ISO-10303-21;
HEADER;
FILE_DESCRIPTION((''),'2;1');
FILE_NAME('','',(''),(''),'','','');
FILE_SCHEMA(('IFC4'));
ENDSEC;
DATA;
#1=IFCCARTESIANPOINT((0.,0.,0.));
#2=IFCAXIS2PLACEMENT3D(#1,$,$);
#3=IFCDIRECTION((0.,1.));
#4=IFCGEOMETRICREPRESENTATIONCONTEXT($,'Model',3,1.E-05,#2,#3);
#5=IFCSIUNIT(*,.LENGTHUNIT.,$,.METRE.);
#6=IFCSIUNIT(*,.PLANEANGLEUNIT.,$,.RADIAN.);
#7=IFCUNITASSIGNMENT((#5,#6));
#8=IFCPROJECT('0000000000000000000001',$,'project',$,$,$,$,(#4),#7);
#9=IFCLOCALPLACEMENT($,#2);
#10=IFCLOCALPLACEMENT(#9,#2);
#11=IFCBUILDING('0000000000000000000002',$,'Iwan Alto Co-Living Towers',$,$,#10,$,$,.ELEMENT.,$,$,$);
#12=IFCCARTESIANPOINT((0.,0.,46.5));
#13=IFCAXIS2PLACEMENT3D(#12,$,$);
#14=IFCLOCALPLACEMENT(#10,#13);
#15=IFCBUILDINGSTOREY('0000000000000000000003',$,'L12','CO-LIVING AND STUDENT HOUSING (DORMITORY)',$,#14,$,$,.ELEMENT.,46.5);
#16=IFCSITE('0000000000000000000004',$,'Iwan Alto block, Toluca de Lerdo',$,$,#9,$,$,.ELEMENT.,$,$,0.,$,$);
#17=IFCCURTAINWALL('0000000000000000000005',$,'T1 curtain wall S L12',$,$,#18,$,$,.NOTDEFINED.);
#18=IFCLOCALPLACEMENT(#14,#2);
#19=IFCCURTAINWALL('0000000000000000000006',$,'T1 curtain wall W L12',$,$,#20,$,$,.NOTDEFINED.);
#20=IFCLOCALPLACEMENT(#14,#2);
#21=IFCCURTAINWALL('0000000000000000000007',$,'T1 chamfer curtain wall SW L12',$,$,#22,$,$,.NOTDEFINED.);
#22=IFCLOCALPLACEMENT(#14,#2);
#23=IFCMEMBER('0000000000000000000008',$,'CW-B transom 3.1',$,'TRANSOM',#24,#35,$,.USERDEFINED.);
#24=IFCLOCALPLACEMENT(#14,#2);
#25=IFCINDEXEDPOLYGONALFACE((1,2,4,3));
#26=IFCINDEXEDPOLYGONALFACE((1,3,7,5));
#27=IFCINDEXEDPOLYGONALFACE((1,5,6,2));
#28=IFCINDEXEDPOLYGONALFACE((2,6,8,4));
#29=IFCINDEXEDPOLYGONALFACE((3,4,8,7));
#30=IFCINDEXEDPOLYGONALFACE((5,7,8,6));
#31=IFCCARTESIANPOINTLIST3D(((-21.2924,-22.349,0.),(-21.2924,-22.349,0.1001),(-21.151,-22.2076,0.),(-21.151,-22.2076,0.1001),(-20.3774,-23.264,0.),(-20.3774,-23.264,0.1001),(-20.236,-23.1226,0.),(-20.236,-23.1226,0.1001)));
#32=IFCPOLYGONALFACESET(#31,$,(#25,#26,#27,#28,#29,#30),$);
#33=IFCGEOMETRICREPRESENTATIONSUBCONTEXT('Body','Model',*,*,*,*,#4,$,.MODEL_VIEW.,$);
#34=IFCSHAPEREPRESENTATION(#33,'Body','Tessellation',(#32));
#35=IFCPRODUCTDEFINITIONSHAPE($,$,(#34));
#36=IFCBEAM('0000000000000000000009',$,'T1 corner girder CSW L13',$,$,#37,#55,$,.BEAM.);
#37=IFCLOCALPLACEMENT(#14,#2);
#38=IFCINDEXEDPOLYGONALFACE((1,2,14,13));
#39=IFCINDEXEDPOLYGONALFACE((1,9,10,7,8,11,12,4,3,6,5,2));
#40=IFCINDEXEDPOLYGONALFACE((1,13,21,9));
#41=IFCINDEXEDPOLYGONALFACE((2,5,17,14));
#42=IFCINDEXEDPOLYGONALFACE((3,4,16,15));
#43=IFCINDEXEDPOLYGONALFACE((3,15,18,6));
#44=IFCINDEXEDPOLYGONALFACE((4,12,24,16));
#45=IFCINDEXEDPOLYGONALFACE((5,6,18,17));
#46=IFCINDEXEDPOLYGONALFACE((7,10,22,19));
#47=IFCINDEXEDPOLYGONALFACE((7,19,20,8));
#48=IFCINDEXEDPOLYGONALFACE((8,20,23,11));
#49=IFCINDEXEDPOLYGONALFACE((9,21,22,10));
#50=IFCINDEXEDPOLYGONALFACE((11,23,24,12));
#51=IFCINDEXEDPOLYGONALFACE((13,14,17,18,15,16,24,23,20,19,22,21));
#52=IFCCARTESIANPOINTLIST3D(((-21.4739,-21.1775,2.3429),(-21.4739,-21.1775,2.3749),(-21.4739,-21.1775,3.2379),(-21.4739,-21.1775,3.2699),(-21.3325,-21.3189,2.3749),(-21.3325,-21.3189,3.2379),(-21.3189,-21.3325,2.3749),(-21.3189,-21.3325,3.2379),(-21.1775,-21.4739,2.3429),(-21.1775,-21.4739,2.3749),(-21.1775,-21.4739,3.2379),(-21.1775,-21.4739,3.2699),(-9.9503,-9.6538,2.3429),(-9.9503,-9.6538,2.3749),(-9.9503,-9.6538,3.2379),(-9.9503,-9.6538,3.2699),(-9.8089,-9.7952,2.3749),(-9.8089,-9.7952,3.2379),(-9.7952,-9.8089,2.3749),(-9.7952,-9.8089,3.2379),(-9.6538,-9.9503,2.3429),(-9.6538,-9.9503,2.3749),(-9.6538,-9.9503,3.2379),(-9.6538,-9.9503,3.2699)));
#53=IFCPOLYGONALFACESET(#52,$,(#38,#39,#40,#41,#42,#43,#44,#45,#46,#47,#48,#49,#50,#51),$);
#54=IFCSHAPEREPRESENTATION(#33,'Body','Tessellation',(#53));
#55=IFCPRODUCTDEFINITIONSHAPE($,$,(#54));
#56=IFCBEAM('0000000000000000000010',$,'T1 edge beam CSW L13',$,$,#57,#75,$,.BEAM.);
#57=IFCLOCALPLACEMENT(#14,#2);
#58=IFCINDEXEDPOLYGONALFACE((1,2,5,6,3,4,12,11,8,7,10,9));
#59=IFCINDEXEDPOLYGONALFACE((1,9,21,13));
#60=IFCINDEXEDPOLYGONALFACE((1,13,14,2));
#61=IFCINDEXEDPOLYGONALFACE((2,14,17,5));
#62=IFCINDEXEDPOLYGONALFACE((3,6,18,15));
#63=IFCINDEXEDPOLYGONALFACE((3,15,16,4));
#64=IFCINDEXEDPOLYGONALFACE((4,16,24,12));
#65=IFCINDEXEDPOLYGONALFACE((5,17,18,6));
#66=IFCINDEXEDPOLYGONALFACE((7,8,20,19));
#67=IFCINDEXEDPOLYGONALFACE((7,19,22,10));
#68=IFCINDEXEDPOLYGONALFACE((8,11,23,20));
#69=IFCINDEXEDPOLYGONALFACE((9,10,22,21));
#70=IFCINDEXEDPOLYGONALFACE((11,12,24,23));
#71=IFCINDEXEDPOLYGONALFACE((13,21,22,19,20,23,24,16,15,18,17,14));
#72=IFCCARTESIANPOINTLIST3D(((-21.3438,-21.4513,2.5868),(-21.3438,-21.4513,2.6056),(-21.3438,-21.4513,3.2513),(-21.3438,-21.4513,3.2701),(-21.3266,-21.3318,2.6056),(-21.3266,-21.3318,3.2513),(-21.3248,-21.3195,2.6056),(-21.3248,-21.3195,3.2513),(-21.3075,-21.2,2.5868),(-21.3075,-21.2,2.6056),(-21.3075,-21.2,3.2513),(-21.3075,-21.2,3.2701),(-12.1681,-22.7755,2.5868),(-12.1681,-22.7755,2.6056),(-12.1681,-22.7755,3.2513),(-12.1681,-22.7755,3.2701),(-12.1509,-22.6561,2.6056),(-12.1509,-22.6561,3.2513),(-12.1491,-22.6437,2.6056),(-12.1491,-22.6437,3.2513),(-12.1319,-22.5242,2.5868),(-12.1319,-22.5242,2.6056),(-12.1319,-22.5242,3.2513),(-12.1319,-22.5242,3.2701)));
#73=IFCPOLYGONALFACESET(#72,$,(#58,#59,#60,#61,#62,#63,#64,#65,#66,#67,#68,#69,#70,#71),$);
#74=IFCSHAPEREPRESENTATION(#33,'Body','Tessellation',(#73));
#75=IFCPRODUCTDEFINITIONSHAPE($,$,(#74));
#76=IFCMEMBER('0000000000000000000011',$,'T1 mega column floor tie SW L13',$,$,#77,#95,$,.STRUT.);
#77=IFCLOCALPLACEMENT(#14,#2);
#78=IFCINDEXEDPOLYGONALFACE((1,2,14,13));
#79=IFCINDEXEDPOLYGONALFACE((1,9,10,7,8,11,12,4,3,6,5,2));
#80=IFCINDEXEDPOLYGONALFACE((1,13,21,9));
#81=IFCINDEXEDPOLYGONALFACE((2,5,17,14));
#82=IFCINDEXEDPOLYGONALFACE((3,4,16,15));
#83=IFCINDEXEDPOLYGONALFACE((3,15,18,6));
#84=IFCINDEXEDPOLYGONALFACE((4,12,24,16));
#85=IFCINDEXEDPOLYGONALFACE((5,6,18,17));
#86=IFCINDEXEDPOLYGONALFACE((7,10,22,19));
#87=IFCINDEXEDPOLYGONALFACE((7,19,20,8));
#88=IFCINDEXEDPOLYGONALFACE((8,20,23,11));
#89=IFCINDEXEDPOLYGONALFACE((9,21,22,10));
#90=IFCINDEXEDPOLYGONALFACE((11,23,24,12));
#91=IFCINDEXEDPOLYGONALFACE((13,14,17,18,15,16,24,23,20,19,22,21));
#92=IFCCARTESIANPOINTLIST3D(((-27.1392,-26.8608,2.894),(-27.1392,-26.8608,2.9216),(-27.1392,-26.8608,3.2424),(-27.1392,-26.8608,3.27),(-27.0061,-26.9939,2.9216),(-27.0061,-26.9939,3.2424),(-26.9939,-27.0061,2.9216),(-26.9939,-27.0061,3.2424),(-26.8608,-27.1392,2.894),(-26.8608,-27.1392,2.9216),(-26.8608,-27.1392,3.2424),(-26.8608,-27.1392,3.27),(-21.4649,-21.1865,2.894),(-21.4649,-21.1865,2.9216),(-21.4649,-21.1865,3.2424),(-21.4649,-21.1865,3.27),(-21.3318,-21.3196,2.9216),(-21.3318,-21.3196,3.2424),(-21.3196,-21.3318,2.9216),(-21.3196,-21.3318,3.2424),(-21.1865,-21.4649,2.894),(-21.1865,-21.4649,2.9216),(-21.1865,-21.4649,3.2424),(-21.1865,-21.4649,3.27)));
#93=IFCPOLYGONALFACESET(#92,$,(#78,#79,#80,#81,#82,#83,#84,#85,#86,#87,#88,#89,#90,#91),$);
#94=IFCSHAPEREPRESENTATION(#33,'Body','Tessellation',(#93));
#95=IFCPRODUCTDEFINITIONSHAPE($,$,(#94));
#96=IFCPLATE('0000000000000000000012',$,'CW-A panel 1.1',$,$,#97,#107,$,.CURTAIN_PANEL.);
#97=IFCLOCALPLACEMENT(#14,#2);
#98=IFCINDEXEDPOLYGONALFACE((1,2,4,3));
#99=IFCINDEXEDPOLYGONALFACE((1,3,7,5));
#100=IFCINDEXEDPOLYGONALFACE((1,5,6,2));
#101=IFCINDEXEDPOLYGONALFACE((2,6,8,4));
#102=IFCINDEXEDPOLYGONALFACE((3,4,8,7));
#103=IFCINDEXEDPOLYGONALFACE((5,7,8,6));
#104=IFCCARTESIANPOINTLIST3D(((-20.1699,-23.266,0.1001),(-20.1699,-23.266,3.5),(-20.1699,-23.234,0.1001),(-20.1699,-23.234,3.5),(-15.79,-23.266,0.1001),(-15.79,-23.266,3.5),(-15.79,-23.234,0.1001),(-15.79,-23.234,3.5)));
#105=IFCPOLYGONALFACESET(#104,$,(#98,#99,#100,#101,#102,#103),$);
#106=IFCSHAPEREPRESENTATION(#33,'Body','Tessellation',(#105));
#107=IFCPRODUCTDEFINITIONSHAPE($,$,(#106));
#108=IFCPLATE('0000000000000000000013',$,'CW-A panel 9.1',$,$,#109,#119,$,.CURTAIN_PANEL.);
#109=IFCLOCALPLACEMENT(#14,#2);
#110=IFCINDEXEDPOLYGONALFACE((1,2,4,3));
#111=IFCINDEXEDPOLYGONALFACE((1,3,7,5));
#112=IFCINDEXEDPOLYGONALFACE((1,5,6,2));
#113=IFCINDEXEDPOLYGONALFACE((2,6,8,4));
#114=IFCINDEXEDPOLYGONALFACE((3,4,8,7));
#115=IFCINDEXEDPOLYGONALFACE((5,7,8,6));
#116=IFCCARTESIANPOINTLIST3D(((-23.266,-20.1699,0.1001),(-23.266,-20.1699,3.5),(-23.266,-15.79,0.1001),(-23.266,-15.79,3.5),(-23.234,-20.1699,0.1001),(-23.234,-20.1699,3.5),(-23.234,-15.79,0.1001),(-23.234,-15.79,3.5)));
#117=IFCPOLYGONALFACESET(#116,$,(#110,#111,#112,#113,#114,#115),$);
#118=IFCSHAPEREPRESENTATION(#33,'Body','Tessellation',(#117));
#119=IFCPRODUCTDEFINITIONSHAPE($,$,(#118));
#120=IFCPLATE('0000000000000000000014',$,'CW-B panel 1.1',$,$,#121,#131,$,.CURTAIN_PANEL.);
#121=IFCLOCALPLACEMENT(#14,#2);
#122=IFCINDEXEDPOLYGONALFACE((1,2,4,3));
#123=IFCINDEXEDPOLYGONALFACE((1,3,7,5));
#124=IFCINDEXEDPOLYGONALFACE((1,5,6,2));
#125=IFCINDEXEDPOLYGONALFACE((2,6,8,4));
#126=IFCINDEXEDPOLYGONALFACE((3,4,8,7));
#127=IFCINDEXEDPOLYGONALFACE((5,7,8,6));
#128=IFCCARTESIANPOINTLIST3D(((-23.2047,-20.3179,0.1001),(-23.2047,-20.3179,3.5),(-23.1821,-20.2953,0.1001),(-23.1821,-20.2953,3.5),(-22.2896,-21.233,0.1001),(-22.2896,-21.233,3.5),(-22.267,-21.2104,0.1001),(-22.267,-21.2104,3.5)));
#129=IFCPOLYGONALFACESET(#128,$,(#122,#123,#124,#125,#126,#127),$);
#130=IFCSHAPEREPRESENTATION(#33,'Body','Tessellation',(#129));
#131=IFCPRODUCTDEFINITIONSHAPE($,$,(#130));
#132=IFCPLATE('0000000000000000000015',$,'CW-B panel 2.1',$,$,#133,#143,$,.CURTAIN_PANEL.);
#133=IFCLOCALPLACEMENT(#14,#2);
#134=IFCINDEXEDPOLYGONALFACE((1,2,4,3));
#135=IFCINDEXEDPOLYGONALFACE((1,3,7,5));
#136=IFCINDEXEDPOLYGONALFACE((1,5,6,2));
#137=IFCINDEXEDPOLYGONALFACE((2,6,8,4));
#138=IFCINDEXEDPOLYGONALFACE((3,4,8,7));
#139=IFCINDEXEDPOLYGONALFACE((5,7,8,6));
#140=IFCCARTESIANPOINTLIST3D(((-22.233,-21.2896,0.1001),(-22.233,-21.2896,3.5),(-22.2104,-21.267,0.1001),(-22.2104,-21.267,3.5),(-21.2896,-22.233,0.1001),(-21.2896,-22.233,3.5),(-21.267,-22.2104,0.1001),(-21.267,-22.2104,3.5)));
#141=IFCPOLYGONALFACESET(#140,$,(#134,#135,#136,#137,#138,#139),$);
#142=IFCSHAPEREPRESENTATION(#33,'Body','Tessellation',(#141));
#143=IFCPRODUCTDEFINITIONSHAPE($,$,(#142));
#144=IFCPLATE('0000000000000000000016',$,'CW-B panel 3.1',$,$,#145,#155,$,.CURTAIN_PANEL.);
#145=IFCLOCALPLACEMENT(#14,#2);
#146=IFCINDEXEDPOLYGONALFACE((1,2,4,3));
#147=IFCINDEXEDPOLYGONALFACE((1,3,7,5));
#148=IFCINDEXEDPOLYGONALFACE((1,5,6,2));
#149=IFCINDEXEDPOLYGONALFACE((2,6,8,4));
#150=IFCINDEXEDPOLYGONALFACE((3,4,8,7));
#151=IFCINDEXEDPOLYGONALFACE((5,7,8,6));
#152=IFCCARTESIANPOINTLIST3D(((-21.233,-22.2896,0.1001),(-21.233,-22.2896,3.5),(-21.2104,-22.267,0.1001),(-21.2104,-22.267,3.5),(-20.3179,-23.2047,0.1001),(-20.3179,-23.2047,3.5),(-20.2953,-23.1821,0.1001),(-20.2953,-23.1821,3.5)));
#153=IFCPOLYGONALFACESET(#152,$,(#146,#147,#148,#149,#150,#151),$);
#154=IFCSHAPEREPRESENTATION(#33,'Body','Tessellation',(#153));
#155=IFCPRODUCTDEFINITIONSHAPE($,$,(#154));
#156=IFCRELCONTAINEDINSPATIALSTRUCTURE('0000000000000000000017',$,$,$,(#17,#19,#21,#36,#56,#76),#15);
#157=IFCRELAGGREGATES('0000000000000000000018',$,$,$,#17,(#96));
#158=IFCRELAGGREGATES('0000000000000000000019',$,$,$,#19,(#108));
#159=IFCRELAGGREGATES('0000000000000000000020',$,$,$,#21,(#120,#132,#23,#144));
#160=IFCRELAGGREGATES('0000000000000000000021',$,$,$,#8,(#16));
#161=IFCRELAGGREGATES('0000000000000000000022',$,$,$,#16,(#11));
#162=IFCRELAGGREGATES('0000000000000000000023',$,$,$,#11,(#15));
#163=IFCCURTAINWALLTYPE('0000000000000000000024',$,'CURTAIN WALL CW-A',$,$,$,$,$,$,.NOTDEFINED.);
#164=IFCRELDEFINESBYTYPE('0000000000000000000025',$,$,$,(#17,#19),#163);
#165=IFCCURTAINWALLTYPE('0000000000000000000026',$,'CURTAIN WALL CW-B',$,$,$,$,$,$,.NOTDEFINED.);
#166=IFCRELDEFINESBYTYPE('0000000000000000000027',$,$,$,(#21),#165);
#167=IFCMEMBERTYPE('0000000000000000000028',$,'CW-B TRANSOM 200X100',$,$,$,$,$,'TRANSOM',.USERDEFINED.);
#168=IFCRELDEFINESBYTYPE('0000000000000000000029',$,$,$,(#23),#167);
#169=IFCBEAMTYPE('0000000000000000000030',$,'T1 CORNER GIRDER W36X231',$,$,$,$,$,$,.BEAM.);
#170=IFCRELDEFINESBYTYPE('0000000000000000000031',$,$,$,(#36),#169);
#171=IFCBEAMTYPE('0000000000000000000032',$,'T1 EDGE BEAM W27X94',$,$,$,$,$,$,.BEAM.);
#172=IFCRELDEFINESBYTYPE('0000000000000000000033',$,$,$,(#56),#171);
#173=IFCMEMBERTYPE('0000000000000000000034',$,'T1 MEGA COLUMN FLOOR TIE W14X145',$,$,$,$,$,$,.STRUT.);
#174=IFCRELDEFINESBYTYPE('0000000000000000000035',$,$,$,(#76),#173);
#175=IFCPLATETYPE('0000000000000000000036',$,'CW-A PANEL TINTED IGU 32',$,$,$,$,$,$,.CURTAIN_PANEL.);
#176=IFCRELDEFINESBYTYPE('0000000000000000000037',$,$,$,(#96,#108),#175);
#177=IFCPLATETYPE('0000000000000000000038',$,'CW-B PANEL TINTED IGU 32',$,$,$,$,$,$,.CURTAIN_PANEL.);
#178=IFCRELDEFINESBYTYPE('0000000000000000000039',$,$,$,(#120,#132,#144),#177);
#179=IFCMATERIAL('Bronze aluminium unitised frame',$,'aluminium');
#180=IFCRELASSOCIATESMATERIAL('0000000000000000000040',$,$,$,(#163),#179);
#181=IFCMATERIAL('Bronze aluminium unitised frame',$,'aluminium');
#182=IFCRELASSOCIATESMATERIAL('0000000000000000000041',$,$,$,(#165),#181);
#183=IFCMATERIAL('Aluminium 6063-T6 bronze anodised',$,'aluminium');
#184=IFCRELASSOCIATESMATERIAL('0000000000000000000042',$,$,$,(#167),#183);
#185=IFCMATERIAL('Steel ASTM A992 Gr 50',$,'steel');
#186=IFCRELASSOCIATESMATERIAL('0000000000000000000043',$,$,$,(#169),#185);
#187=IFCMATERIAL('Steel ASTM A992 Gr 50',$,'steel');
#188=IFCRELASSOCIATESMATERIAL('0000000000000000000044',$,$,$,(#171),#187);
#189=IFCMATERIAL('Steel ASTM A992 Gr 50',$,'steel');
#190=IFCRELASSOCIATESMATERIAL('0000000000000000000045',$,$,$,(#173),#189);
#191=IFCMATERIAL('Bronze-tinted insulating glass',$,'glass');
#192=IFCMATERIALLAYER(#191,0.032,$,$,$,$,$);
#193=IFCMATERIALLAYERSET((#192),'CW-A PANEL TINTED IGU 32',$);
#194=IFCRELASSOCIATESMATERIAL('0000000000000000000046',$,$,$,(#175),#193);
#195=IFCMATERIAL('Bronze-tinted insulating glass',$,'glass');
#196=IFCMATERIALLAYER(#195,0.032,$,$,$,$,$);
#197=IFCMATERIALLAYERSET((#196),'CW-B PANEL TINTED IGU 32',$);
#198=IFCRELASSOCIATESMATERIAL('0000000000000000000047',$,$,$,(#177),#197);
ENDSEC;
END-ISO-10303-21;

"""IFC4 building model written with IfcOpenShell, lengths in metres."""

from ifc_helpers import new_model, si_unit, direction, frame, origin, origin_2d, place, context, subcontext, project, spatial, rectangle, i_section, extrude, material, layer, layer_set, material_profile, profile_set, type_object, element, aggregate, save


model = new_model("IFC4")

# Units and contexts
model_context = context("Model", 3, precision=1e-05, world=origin(), true_north=direction((0.0, 1.0)))
body_context = subcontext(model_context, "Body", "Model", "MODEL_VIEW")
ifc_project = project(units=[si_unit("LENGTHUNIT", "METRE"), si_unit("PLANEANGLEUNIT", "RADIAN")], contexts=[model_context])

# Site, building, storey
site_placement = place(None, origin())
site = spatial("IfcSite", under=ifc_project, at=site_placement, Name="Iwan Alto block, Toluca de Lerdo", CompositionType="ELEMENT", RefElevation=0.0)
building_placement = place(site_placement, origin())
building = spatial("IfcBuilding", under=site, at=building_placement, Name="Iwan Alto Co-Living Towers", CompositionType="ELEMENT")
storey_placement = place(building_placement, frame((0.0, 0.0, 46.5)))
storey = spatial("IfcBuildingStorey", under=building, at=storey_placement, Name="L12", Description="CO-LIVING AND STUDENT HOUSING (DORMITORY)", CompositionType="ELEMENT", Elevation=46.5)

# Curtain wall
ifc_material_1 = material(Name="Bronze aluminium unitised frame", Category="aluminium")
curtain_wall_type_1 = type_object("IfcCurtainWallType", Name="CURTAIN WALL CW-A", PredefinedType="NOTDEFINED", material=ifc_material_1)
curtain_wall_1_placement = place(storey_placement, origin())
curtain_wall_1 = element("IfcCurtainWall", 1, at=curtain_wall_1_placement, inside=storey, type_object=curtain_wall_type_1, Name="T1 curtain wall S L12", PredefinedType="NOTDEFINED")

# Curtain wall
curtain_wall_2_placement = place(storey_placement, origin())
curtain_wall_2 = element("IfcCurtainWall", 2, at=curtain_wall_2_placement, inside=storey, type_object=curtain_wall_type_1, Name="T1 curtain wall W L12", PredefinedType="NOTDEFINED")

# Curtain wall, member
ifc_material_2 = material(Name="Bronze aluminium unitised frame", Category="aluminium")
curtain_wall_type_2 = type_object("IfcCurtainWallType", Name="CURTAIN WALL CW-B", PredefinedType="NOTDEFINED", material=ifc_material_2)
curtain_wall_3_placement = place(storey_placement, origin())
curtain_wall_3 = element("IfcCurtainWall", 3, at=curtain_wall_3_placement, inside=storey, type_object=curtain_wall_type_2, Name="T1 chamfer curtain wall SW L12", PredefinedType="NOTDEFINED")
ifc_material_3 = material(Name="Aluminium 6063-T6 bronze anodised", Category="aluminium")
ifc_material_profile_1 = material_profile(ifc_material_3, rectangle(XDim=0.2, YDim=0.1001, at=origin_2d()), Name="AL 200X100")
ifc_profile_set_1 = profile_set([ifc_material_profile_1], Name="Aluminium 6063-T6 bronze anodised")
member_type_1 = type_object("IfcMemberType", Name="CW-B TRANSOM 200X100", ElementType="TRANSOM", PredefinedType="USERDEFINED", material=ifc_profile_set_1)
member_1_placement = place(storey_placement, frame((-21.2217, -22.2783, 0.05), z_axis=(0.707107, -0.707107, 0.0), x_axis=(0.707107, 0.707107, 0.0)))
member_1 = element("IfcMember", 4, at=member_1_placement, type_object=member_type_1, Name="CW-B transom 3.1", ObjectType="TRANSOM", PredefinedType="USERDEFINED", context=body_context, shape_type="SweptSolid", body=[
    extrude(rectangle(XDim=0.2, YDim=0.1001, at=origin_2d()), origin(), (0.0, 0.0, 1.0), 1.2939),
])

# Beams
ifc_material_4 = material(Name="Steel ASTM A992 Gr 50", Category="steel")
ifc_material_profile_2 = material_profile(ifc_material_4, i_section(OverallWidth=0.4192, OverallDepth=0.927, WebThickness=0.0193, FlangeThickness=0.032, at=origin_2d()), Name="W36X231")
ifc_profile_set_2 = profile_set([ifc_material_profile_2], Name="Steel ASTM A992 Gr 50")
beam_type_1 = type_object("IfcBeamType", Name="T1 CORNER GIRDER W36X231", PredefinedType="BEAM", material=ifc_profile_set_2)
beam_1_placement = place(storey_placement, frame((-21.3257, -21.3257, 2.8064), z_axis=(0.707107, 0.707107, 0.0), x_axis=(-0.707107, 0.707107, 0.0)))
element("IfcBeam", 5, at=beam_1_placement, inside=storey, type_object=beam_type_1, Name="T1 corner girder CSW L13", PredefinedType="BEAM", context=body_context, shape_type="SweptSolid", body=[
    extrude(i_section(OverallWidth=0.4192, OverallDepth=0.927, WebThickness=0.0193, FlangeThickness=0.032, at=origin_2d()), origin(), (0.0, 0.0, 1.0), 16.2969),
])
ifc_material_5 = material(Name="Steel ASTM A992 Gr 50", Category="steel")
ifc_material_profile_3 = material_profile(ifc_material_5, i_section(OverallWidth=0.2539, OverallDepth=0.6833, WebThickness=0.0125, FlangeThickness=0.0188, at=origin_2d()), Name="W27X94")
ifc_profile_set_3 = profile_set([ifc_material_profile_3], Name="Steel ASTM A992 Gr 50")
beam_type_2 = type_object("IfcBeamType", Name="T1 EDGE BEAM W27X94", PredefinedType="BEAM", material=ifc_profile_set_3)
beam_2_placement = place(storey_placement, frame((-21.3257, -21.3257, 2.9285), z_axis=(0.989746, -0.142837, 0.0), x_axis=(0.142837, 0.989746, 0.0)))
element("IfcBeam", 6, at=beam_2_placement, inside=storey, type_object=beam_type_2, Name="T1 edge beam CSW L13", PredefinedType="BEAM", context=body_context, shape_type="SweptSolid", body=[
    extrude(i_section(OverallWidth=0.2539, OverallDepth=0.6833, WebThickness=0.0125, FlangeThickness=0.0188, at=origin_2d()), origin(), (0.0, 0.0, 1.0), 9.2708),
])

# Member
ifc_material_6 = material(Name="Steel ASTM A992 Gr 50", Category="steel")
ifc_material_profile_4 = material_profile(ifc_material_6, i_section(OverallWidth=0.3938, OverallDepth=0.376, WebThickness=0.0173, FlangeThickness=0.0276, at=origin_2d()), Name="W14X145")
ifc_profile_set_4 = profile_set([ifc_material_profile_4], Name="Steel ASTM A992 Gr 50")
member_type_2 = type_object("IfcMemberType", Name="T1 MEGA COLUMN FLOOR TIE W14X145", PredefinedType="STRUT", material=ifc_profile_set_4)
member_2_placement = place(storey_placement, frame((-27.0, -27.0, 3.082), z_axis=(0.707107, 0.707107, 0.0), x_axis=(-0.707107, 0.707107, 0.0)))
element("IfcMember", 7, at=member_2_placement, inside=storey, type_object=member_type_2, Name="T1 mega column floor tie SW L13", PredefinedType="STRUT", context=body_context, shape_type="SweptSolid", body=[
    extrude(i_section(OverallWidth=0.3938, OverallDepth=0.376, WebThickness=0.0173, FlangeThickness=0.0276, at=origin_2d()), origin(), (0.0, 0.0, 1.0), 8.0247),
])

# Plates
ifc_material_7 = material(Name="Bronze-tinted insulating glass", Category="glass")
ifc_layer_1 = layer(ifc_material_7, 0.032)
ifc_layer_set_1 = layer_set([ifc_layer_1], Name="CW-A PANEL TINTED IGU 32")
plate_type_1 = type_object("IfcPlateType", Name="CW-A PANEL TINTED IGU 32", PredefinedType="CURTAIN_PANEL", material=ifc_layer_set_1)
plate_1_placement = place(storey_placement, frame((-17.98, -23.25, 0.1001), z_axis=(0.0, 0.0, 1.0), x_axis=(1.0, 0.0, 0.0)))
plate_1 = element("IfcPlate", 8, at=plate_1_placement, type_object=plate_type_1, Name="CW-A panel 1.1", PredefinedType="CURTAIN_PANEL", context=body_context, shape_type="SweptSolid", body=[
    extrude(rectangle(XDim=4.3799, YDim=0.032, at=origin_2d()), origin(), (0.0, 0.0, 1.0), 3.3999),
])
aggregate(curtain_wall_1, [plate_1])
plate_2_placement = place(storey_placement, frame((-23.25, -17.98, 0.1001), z_axis=(0.0, 0.0, 1.0), x_axis=(0.0, -1.0, 0.0)))
plate_2 = element("IfcPlate", 9, at=plate_2_placement, type_object=plate_type_1, Name="CW-A panel 9.1", PredefinedType="CURTAIN_PANEL", context=body_context, shape_type="SweptSolid", body=[
    extrude(rectangle(XDim=4.3799, YDim=0.032, at=origin_2d()), origin(), (0.0, 0.0, 1.0), 3.3999),
])
aggregate(curtain_wall_2, [plate_2])
ifc_material_8 = material(Name="Bronze-tinted insulating glass", Category="glass")
ifc_layer_2 = layer(ifc_material_8, 0.032)
ifc_layer_set_2 = layer_set([ifc_layer_2], Name="CW-B PANEL TINTED IGU 32")
plate_type_2 = type_object("IfcPlateType", Name="CW-B PANEL TINTED IGU 32", PredefinedType="CURTAIN_PANEL", material=ifc_layer_set_2)
plate_3_placement = place(storey_placement, frame((-22.7358, -20.7642, 0.1001), z_axis=(0.0, 0.0, 1.0), x_axis=(0.707107, -0.707107, 0.0)))
plate_3 = element("IfcPlate", 10, at=plate_3_placement, type_object=plate_type_2, Name="CW-B panel 1.1", PredefinedType="CURTAIN_PANEL", context=body_context, shape_type="SweptSolid", body=[
    extrude(rectangle(XDim=1.2942, YDim=0.032, at=origin_2d()), origin(), (0.0, 0.0, 1.0), 3.3999),
])
plate_4_placement = place(storey_placement, frame((-21.75, -21.75, 0.1001), z_axis=(0.0, 0.0, 1.0), x_axis=(0.707107, -0.707107, 0.0)))
plate_4 = element("IfcPlate", 11, at=plate_4_placement, type_object=plate_type_2, Name="CW-B panel 2.1", PredefinedType="CURTAIN_PANEL", context=body_context, shape_type="SweptSolid", body=[
    extrude(rectangle(XDim=1.3342, YDim=0.032, at=origin_2d()), origin(), (0.0, 0.0, 1.0), 3.3999),
])
plate_5_placement = place(storey_placement, frame((-20.7642, -22.7358, 0.1001), z_axis=(0.0, 0.0, 1.0), x_axis=(0.707107, -0.707107, 0.0)))
plate_5 = element("IfcPlate", 12, at=plate_5_placement, type_object=plate_type_2, Name="CW-B panel 3.1", PredefinedType="CURTAIN_PANEL", context=body_context, shape_type="SweptSolid", body=[
    extrude(rectangle(XDim=1.2942, YDim=0.032, at=origin_2d()), origin(), (0.0, 0.0, 1.0), 3.3999),
])
aggregate(curtain_wall_3, [plate_3, plate_4, member_1, plate_5])

save(model, "model.ifc")
